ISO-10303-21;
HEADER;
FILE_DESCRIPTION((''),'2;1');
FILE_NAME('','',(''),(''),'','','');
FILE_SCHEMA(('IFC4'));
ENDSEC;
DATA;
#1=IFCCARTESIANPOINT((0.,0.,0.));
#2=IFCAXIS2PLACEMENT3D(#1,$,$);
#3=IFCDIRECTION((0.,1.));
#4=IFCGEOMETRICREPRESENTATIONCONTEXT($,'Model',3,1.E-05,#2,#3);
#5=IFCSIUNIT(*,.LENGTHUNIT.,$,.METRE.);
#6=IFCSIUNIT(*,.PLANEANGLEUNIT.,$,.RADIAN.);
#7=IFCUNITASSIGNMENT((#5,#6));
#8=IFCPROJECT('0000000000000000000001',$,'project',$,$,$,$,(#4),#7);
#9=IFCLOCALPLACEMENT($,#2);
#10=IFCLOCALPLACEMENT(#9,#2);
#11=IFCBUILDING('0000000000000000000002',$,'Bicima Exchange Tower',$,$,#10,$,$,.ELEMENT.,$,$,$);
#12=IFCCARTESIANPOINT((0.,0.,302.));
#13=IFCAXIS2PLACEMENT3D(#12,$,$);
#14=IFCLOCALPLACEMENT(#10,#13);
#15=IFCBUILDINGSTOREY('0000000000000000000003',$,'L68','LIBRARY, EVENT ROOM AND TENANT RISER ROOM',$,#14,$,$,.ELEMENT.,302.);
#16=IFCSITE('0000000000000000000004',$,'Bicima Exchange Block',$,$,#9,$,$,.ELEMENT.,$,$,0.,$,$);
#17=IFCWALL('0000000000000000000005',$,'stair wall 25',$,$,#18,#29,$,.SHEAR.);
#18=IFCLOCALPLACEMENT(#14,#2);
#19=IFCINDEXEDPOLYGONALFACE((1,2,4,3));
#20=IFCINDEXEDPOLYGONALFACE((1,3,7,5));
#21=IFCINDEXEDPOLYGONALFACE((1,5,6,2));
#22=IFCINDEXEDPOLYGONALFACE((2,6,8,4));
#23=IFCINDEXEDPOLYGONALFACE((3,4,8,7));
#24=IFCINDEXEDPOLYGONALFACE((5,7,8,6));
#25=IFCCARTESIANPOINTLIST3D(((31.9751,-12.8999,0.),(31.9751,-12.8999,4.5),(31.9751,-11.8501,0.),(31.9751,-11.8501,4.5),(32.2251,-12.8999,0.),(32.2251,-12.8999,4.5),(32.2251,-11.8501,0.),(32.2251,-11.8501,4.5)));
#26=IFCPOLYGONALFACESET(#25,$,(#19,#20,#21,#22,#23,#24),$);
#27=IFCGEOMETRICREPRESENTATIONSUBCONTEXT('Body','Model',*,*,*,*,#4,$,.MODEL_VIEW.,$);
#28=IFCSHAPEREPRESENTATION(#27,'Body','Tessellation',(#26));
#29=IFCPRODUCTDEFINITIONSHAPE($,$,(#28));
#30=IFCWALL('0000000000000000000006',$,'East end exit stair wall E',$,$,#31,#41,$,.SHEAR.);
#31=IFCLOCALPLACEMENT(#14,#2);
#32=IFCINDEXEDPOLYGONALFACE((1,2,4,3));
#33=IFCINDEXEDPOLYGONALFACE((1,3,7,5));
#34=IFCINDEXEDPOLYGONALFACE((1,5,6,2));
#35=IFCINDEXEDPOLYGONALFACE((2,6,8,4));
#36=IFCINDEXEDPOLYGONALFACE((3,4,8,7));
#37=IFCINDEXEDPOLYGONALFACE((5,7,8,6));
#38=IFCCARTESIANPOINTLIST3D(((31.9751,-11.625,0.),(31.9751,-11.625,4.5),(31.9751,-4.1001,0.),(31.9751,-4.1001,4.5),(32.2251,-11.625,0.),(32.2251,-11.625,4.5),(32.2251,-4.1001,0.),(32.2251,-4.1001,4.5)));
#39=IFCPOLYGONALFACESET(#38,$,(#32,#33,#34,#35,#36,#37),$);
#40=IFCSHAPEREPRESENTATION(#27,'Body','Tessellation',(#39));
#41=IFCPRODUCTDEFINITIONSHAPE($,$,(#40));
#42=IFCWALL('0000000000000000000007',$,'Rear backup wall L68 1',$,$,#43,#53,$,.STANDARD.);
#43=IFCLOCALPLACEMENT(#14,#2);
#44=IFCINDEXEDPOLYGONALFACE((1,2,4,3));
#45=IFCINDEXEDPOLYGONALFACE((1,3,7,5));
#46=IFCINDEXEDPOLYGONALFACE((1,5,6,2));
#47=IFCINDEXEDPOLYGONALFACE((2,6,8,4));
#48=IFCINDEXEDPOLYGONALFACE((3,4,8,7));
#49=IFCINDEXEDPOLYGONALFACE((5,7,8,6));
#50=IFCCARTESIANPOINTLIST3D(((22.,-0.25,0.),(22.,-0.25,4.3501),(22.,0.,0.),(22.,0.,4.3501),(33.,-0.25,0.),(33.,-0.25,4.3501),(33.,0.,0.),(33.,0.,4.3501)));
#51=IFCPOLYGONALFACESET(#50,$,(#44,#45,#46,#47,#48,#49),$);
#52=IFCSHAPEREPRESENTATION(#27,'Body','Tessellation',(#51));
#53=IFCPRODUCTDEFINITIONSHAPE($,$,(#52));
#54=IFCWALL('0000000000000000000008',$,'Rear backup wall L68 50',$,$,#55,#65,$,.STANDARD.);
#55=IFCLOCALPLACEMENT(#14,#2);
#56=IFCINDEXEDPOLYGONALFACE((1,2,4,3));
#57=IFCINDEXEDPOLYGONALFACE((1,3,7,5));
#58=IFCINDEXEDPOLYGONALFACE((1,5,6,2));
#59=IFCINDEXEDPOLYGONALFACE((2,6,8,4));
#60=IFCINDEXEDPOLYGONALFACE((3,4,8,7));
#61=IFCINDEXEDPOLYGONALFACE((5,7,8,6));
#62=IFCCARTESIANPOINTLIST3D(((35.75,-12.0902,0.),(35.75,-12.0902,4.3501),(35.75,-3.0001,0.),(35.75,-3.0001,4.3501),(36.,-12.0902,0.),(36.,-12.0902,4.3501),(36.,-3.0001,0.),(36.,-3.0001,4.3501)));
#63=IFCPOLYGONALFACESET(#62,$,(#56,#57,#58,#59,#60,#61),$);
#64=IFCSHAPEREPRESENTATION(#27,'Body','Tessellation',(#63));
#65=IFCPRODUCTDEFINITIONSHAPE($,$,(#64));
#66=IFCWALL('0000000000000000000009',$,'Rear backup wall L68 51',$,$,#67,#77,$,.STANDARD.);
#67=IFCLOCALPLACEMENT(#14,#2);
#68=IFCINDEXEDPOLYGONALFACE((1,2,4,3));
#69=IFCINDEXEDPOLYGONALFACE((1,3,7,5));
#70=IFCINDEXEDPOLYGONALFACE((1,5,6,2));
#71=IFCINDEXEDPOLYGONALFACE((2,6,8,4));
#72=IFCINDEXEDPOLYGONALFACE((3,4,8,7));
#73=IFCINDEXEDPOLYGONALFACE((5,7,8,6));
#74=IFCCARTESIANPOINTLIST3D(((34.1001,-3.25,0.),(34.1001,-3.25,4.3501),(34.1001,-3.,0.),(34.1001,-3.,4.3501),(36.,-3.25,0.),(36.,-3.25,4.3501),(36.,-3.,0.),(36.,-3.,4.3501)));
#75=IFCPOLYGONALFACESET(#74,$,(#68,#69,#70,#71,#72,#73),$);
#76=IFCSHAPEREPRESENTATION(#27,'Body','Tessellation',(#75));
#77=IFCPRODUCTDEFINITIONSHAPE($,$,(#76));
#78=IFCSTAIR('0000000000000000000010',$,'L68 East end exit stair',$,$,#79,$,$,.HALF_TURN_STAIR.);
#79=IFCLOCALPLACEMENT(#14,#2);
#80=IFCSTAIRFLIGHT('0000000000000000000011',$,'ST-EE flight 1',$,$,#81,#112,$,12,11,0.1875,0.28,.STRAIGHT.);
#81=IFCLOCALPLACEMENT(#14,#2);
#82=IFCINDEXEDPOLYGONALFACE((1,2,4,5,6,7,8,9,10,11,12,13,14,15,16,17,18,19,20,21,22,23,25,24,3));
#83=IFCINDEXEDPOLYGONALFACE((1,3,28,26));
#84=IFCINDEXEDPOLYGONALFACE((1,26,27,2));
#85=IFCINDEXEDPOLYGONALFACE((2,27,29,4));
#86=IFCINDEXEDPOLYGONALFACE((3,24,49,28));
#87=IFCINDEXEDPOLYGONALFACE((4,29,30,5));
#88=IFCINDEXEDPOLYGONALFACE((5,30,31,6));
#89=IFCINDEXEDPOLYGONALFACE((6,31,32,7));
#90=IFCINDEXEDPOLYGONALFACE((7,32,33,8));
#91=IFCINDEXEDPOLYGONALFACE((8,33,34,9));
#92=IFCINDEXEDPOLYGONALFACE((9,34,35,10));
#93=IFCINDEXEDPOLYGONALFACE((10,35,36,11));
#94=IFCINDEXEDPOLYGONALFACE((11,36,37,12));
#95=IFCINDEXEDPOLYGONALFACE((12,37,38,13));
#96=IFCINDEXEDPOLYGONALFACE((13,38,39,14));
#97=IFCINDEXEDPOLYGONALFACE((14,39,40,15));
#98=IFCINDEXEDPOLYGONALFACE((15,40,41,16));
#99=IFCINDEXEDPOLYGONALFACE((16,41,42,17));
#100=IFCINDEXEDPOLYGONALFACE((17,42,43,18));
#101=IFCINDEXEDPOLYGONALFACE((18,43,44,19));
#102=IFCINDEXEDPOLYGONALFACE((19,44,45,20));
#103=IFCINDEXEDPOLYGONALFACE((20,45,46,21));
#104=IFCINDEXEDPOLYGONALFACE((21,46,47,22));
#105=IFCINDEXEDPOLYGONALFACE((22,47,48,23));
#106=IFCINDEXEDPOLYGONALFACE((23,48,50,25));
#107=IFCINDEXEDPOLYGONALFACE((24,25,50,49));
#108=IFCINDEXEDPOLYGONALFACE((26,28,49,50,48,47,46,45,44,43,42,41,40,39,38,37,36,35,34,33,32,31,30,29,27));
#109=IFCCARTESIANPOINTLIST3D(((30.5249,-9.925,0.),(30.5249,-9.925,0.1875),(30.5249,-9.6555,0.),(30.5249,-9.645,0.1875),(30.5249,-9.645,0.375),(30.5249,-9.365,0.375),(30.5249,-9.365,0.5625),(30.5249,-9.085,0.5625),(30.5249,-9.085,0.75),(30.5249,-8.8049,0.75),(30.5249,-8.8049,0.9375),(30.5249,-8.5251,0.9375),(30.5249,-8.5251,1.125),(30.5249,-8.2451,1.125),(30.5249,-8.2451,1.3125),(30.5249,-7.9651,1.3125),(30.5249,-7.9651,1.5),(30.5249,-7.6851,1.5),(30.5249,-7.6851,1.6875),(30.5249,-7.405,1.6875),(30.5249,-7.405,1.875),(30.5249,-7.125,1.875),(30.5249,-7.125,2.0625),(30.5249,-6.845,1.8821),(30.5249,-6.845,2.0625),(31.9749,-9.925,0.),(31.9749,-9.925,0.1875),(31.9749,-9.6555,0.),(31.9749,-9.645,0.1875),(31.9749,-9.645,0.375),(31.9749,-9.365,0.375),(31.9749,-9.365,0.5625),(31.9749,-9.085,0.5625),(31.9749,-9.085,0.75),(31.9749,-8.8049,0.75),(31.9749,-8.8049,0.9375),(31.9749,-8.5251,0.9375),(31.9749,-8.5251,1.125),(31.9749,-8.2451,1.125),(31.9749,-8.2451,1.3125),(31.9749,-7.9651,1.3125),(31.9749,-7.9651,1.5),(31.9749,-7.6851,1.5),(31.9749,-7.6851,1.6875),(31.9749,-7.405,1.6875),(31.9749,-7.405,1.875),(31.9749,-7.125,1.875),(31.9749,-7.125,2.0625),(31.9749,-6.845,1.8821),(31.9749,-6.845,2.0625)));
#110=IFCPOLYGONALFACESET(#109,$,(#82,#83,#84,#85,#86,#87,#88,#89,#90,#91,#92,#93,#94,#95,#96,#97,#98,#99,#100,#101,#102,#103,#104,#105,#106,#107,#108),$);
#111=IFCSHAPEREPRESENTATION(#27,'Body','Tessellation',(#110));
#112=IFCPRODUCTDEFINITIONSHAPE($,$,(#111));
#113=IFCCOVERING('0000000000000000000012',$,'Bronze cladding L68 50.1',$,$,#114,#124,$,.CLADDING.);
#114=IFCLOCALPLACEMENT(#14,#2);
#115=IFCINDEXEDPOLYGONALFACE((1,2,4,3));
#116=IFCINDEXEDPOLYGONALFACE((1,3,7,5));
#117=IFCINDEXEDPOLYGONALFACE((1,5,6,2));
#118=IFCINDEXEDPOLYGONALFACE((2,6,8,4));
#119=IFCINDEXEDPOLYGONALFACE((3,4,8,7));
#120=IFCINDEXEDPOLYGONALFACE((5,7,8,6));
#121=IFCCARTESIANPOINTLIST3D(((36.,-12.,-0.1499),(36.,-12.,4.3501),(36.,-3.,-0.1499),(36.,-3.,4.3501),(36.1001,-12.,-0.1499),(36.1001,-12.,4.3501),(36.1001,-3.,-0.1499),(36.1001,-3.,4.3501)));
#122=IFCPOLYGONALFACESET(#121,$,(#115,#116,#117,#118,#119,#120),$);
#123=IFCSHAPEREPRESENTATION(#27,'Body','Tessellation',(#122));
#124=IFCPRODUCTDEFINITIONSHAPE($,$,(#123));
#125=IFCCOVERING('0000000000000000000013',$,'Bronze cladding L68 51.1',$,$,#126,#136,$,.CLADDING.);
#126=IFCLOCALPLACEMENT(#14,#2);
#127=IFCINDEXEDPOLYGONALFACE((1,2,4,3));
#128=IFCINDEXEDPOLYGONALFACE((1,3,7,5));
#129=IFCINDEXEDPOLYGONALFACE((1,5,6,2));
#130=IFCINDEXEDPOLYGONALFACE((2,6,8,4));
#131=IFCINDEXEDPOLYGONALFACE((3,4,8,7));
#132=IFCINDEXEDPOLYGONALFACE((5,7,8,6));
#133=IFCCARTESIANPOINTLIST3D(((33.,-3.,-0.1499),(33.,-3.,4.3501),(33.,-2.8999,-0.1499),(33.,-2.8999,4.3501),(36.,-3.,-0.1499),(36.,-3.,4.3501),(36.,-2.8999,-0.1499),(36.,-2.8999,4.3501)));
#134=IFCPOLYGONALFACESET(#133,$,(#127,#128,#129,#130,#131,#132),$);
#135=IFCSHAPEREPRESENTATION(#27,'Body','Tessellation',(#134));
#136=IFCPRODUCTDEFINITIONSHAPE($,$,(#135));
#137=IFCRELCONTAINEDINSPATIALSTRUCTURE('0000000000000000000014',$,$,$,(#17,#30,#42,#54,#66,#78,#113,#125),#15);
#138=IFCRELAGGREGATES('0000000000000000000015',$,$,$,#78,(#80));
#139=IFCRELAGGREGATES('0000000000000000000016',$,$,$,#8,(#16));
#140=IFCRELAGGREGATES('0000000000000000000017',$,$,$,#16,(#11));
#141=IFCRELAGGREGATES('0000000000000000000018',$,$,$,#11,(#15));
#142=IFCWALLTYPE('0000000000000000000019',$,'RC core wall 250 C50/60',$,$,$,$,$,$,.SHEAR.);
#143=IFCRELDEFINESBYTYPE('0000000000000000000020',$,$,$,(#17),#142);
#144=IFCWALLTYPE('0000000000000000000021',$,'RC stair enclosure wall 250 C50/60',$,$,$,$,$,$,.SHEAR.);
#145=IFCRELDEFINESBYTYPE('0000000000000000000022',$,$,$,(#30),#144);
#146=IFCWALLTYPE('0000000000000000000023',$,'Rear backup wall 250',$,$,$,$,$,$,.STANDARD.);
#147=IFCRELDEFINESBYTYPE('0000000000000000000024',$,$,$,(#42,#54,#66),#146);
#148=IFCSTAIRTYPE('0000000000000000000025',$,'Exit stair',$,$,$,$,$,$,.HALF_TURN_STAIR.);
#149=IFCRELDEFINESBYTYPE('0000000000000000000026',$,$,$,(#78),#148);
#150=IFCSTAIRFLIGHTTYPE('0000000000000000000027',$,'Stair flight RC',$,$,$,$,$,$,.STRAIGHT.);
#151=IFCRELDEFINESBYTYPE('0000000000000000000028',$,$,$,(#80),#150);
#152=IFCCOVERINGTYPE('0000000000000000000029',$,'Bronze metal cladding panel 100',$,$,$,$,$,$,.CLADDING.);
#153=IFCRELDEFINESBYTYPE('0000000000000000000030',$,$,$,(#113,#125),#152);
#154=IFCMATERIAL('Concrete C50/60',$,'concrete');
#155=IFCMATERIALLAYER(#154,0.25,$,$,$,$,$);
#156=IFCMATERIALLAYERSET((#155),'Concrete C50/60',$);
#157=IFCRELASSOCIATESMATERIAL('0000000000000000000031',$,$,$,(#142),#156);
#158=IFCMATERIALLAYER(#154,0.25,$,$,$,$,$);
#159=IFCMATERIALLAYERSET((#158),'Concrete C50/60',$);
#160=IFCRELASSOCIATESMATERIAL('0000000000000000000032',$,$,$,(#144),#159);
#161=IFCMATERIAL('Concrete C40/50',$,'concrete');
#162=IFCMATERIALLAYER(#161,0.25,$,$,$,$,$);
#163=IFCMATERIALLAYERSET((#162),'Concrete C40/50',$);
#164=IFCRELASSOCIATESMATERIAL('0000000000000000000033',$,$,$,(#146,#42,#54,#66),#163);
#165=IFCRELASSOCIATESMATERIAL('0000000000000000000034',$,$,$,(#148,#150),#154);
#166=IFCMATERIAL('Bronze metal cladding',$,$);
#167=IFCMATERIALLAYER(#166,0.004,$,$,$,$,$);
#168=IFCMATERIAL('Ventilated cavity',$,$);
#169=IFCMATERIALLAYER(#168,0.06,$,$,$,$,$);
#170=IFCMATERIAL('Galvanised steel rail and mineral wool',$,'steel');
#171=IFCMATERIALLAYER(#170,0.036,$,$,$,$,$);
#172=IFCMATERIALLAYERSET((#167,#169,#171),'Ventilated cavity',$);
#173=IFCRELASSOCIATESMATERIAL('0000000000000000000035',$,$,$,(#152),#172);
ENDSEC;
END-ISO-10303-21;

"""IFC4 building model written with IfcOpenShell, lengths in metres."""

from ifc_helpers import new_model, si_unit, direction, frame, frame_2d, origin, origin_2d, place, context, subcontext, project, spatial, polyline, rectangle, outline, extrude, material, layer, layer_set, layer_usage, type_object, element, aggregate, save


model = new_model("IFC4")

# Units and contexts
model_context = context("Model", 3, precision=1e-05, world=origin(), true_north=direction((0.0, 1.0)))
body_context = subcontext(model_context, "Body", "Model", "MODEL_VIEW")
ifc_project = project(units=[si_unit("LENGTHUNIT", "METRE"), si_unit("PLANEANGLEUNIT", "RADIAN")], contexts=[model_context])

# Site, building, storey
site_placement = place(None, origin())
site = spatial("IfcSite", under=ifc_project, at=site_placement, Name="Bicima Exchange Block", CompositionType="ELEMENT", RefElevation=0.0)
building_placement = place(site_placement, origin())
building = spatial("IfcBuilding", under=site, at=building_placement, Name="Bicima Exchange Tower", CompositionType="ELEMENT")
storey_placement = place(building_placement, frame((0.0, 0.0, 302.0)))
storey = spatial("IfcBuildingStorey", under=building, at=storey_placement, Name="L68", Description="LIBRARY, EVENT ROOM AND TENANT RISER ROOM", CompositionType="ELEMENT", Elevation=302.0)

# Walls
ifc_material_1 = material(Name="Concrete C50/60", Category="concrete")
ifc_layer_1 = layer(ifc_material_1, 0.25)
ifc_layer_set_1 = layer_set([ifc_layer_1], Name="Concrete C50/60")
wall_type_1 = type_object("IfcWallType", Name="RC core wall 250 C50/60", PredefinedType="SHEAR", material=ifc_layer_set_1)
wall_1_placement = place(storey_placement, frame((32.1001, -12.8999, 0.0), z_axis=(0.0, 0.0, 1.0), x_axis=(0.0, 1.0, 0.0)))
element("IfcWall", 1, at=wall_1_placement, inside=storey, type_object=wall_type_1, Name="stair wall 25", PredefinedType="SHEAR", context=body_context, shape_type="SweptSolid", body=[
    extrude(rectangle(XDim=1.0498, YDim=0.25, at=frame_2d((0.5249, 0.0))), origin(), (0.0, 0.0, 1.0), 4.5),
])
ifc_layer_2 = layer(ifc_material_1, 0.25)
ifc_layer_set_2 = layer_set([ifc_layer_2], Name="Concrete C50/60")
wall_type_2 = type_object("IfcWallType", Name="RC stair enclosure wall 250 C50/60", PredefinedType="SHEAR", material=ifc_layer_set_2)
wall_2_placement = place(storey_placement, frame((32.1001, -11.625, 0.0), z_axis=(0.0, 0.0, 1.0), x_axis=(0.0, 1.0, 0.0)))
element("IfcWall", 2, at=wall_2_placement, inside=storey, type_object=wall_type_2, Name="East end exit stair wall E", PredefinedType="SHEAR", context=body_context, shape_type="SweptSolid", body=[
    extrude(rectangle(XDim=7.5249, YDim=0.25, at=frame_2d((3.7625, 0.0))), origin(), (0.0, 0.0, 1.0), 4.5),
])
ifc_material_2 = material(Name="Concrete C40/50", Category="concrete")
ifc_layer_3 = layer(ifc_material_2, 0.25)
ifc_layer_set_3 = layer_set([ifc_layer_3], Name="Concrete C40/50")
ifc_layer_usage = layer_usage(ifc_layer_set_3, "AXIS2", "POSITIVE", -0.125)
wall_type_3 = type_object("IfcWallType", Name="Rear backup wall 250", PredefinedType="STANDARD", material=ifc_layer_set_3)
wall_3_placement = place(storey_placement, frame((33.0, -0.125, 0.0), z_axis=(0.0, 0.0, 1.0), x_axis=(-1.0, 0.0, 0.0)))
element("IfcWall", 3, at=wall_3_placement, inside=storey, type_object=wall_type_3, material=ifc_layer_usage, Name="Rear backup wall L68 1", PredefinedType="STANDARD", context=body_context, shape_type="SweptSolid", body=[
    extrude(rectangle(XDim=11.0, YDim=0.25, at=frame_2d((5.5, 0.0))), origin(), (0.0, 0.0, 1.0), 4.3501),
])
wall_4_placement = place(storey_placement, frame((35.875, -12.0901, 0.0), z_axis=(0.0, 0.0, 1.0), x_axis=(0.0, 1.0, 0.0)))
element("IfcWall", 4, at=wall_4_placement, inside=storey, type_object=wall_type_3, material=ifc_layer_usage, Name="Rear backup wall L68 50", PredefinedType="STANDARD", context=body_context, shape_type="SweptSolid", body=[
    extrude(rectangle(XDim=9.0901, YDim=0.25, at=frame_2d((4.5449, 0.0))), origin(), (0.0, 0.0, 1.0), 4.3501),
])
wall_5_placement = place(storey_placement, frame((36.0, -3.125, 0.0), z_axis=(0.0, 0.0, 1.0), x_axis=(-1.0, 0.0, 0.0)))
element("IfcWall", 5, at=wall_5_placement, inside=storey, type_object=wall_type_3, material=ifc_layer_usage, Name="Rear backup wall L68 51", PredefinedType="STANDARD", context=body_context, shape_type="SweptSolid", body=[
    extrude(rectangle(XDim=1.8999, YDim=0.25, at=frame_2d((0.95, 0.0))), origin(), (0.0, 0.0, 1.0), 4.3501),
])

# Stair, stair flight
stair_type = type_object("IfcStairType", Name="Exit stair", PredefinedType="HALF_TURN_STAIR", material=ifc_material_1)
stair_placement = place(storey_placement, origin())
stair = element("IfcStair", 6, at=stair_placement, inside=storey, type_object=stair_type, Name="L68 East end exit stair", PredefinedType="HALF_TURN_STAIR")
stair_flight_type = type_object("IfcStairFlightType", Name="Stair flight RC", PredefinedType="STRAIGHT", material=ifc_material_1)
stair_flight_placement = place(storey_placement, frame((31.25, -9.925, 0.0), z_axis=(0.0, 0.0, 1.0), x_axis=(0.0, 1.0, 0.0)))
stair_flight = element("IfcStairFlight", 7, at=stair_flight_placement, type_object=stair_flight_type, Name="ST-EE flight 1", NumberOfRisers=12, NumberOfTreads=11, PredefinedType="STRAIGHT", RiserHeight=0.1875, TreadLength=0.28, context=body_context, shape_type="SweptSolid", body=[
    extrude(outline(polyline([(0.0, 0.0), (0.0, 0.1875), (0.28, 0.1875), (0.28, 0.375), (0.5601, 0.375), (0.5601, 0.5625), (0.8401, 0.5625), (0.8401, 0.75), (1.1201, 0.75), (1.1201, 0.9375), (1.3999, 0.9375), (1.3999, 1.125), (1.6799, 1.125), (1.6799, 1.3125), (1.96, 1.3125), (1.96, 1.5), (2.24, 1.5), (2.24, 1.6875), (2.52, 1.6875), (2.52, 1.875), (2.8, 1.875), (2.8, 2.0625), (3.0801, 2.0625), (3.0801, 2.25), (3.0801, 1.8821), (0.2695, 0.0), (0.0, 0.0)])), frame((0.0, 0.7251, 0.0), z_axis=(0.0, -1.0, 0.0), x_axis=(1.0, 0.0, 0.0)), (0.0, 0.0, 1.0), 1.45),
])
aggregate(stair, [stair_flight])

# Coverings
ifc_material_3 = material(Name="Bronze metal cladding")
ifc_layer_4 = layer(ifc_material_3, 0.004)
ifc_material_4 = material(Name="Ventilated cavity")
ifc_layer_5 = layer(ifc_material_4, 0.06)
ifc_material_5 = material(Name="Galvanised steel rail and mineral wool", Category="steel")
ifc_layer_6 = layer(ifc_material_5, 0.036)
ifc_layer_set_4 = layer_set([ifc_layer_4, ifc_layer_5, ifc_layer_6], Name="Ventilated cavity")
covering_type = type_object("IfcCoveringType", Name="Bronze metal cladding panel 100", PredefinedType="CLADDING", material=ifc_layer_set_4)
covering_1_placement = place(storey_placement, frame((36.05, -7.5, -0.1499), z_axis=(0.0, 0.0, 1.0), x_axis=(0.0, 1.0, 0.0)))
element("IfcCovering", 8, at=covering_1_placement, inside=storey, type_object=covering_type, Name="Bronze cladding L68 50.1", PredefinedType="CLADDING", context=body_context, shape_type="SweptSolid", body=[
    extrude(rectangle(XDim=9.0, YDim=0.1001, at=origin_2d()), origin(), (0.0, 0.0, 1.0), 4.5),
])
covering_2_placement = place(storey_placement, frame((34.5, -2.95, -0.1499), z_axis=(0.0, 0.0, 1.0), x_axis=(-1.0, 0.0, 0.0)))
element("IfcCovering", 9, at=covering_2_placement, inside=storey, type_object=covering_type, Name="Bronze cladding L68 51.1", PredefinedType="CLADDING", context=body_context, shape_type="SweptSolid", body=[
    extrude(rectangle(XDim=3.0, YDim=0.1001, at=origin_2d()), origin(), (0.0, 0.0, 1.0), 4.5),
])

save(model, "model.ifc")
